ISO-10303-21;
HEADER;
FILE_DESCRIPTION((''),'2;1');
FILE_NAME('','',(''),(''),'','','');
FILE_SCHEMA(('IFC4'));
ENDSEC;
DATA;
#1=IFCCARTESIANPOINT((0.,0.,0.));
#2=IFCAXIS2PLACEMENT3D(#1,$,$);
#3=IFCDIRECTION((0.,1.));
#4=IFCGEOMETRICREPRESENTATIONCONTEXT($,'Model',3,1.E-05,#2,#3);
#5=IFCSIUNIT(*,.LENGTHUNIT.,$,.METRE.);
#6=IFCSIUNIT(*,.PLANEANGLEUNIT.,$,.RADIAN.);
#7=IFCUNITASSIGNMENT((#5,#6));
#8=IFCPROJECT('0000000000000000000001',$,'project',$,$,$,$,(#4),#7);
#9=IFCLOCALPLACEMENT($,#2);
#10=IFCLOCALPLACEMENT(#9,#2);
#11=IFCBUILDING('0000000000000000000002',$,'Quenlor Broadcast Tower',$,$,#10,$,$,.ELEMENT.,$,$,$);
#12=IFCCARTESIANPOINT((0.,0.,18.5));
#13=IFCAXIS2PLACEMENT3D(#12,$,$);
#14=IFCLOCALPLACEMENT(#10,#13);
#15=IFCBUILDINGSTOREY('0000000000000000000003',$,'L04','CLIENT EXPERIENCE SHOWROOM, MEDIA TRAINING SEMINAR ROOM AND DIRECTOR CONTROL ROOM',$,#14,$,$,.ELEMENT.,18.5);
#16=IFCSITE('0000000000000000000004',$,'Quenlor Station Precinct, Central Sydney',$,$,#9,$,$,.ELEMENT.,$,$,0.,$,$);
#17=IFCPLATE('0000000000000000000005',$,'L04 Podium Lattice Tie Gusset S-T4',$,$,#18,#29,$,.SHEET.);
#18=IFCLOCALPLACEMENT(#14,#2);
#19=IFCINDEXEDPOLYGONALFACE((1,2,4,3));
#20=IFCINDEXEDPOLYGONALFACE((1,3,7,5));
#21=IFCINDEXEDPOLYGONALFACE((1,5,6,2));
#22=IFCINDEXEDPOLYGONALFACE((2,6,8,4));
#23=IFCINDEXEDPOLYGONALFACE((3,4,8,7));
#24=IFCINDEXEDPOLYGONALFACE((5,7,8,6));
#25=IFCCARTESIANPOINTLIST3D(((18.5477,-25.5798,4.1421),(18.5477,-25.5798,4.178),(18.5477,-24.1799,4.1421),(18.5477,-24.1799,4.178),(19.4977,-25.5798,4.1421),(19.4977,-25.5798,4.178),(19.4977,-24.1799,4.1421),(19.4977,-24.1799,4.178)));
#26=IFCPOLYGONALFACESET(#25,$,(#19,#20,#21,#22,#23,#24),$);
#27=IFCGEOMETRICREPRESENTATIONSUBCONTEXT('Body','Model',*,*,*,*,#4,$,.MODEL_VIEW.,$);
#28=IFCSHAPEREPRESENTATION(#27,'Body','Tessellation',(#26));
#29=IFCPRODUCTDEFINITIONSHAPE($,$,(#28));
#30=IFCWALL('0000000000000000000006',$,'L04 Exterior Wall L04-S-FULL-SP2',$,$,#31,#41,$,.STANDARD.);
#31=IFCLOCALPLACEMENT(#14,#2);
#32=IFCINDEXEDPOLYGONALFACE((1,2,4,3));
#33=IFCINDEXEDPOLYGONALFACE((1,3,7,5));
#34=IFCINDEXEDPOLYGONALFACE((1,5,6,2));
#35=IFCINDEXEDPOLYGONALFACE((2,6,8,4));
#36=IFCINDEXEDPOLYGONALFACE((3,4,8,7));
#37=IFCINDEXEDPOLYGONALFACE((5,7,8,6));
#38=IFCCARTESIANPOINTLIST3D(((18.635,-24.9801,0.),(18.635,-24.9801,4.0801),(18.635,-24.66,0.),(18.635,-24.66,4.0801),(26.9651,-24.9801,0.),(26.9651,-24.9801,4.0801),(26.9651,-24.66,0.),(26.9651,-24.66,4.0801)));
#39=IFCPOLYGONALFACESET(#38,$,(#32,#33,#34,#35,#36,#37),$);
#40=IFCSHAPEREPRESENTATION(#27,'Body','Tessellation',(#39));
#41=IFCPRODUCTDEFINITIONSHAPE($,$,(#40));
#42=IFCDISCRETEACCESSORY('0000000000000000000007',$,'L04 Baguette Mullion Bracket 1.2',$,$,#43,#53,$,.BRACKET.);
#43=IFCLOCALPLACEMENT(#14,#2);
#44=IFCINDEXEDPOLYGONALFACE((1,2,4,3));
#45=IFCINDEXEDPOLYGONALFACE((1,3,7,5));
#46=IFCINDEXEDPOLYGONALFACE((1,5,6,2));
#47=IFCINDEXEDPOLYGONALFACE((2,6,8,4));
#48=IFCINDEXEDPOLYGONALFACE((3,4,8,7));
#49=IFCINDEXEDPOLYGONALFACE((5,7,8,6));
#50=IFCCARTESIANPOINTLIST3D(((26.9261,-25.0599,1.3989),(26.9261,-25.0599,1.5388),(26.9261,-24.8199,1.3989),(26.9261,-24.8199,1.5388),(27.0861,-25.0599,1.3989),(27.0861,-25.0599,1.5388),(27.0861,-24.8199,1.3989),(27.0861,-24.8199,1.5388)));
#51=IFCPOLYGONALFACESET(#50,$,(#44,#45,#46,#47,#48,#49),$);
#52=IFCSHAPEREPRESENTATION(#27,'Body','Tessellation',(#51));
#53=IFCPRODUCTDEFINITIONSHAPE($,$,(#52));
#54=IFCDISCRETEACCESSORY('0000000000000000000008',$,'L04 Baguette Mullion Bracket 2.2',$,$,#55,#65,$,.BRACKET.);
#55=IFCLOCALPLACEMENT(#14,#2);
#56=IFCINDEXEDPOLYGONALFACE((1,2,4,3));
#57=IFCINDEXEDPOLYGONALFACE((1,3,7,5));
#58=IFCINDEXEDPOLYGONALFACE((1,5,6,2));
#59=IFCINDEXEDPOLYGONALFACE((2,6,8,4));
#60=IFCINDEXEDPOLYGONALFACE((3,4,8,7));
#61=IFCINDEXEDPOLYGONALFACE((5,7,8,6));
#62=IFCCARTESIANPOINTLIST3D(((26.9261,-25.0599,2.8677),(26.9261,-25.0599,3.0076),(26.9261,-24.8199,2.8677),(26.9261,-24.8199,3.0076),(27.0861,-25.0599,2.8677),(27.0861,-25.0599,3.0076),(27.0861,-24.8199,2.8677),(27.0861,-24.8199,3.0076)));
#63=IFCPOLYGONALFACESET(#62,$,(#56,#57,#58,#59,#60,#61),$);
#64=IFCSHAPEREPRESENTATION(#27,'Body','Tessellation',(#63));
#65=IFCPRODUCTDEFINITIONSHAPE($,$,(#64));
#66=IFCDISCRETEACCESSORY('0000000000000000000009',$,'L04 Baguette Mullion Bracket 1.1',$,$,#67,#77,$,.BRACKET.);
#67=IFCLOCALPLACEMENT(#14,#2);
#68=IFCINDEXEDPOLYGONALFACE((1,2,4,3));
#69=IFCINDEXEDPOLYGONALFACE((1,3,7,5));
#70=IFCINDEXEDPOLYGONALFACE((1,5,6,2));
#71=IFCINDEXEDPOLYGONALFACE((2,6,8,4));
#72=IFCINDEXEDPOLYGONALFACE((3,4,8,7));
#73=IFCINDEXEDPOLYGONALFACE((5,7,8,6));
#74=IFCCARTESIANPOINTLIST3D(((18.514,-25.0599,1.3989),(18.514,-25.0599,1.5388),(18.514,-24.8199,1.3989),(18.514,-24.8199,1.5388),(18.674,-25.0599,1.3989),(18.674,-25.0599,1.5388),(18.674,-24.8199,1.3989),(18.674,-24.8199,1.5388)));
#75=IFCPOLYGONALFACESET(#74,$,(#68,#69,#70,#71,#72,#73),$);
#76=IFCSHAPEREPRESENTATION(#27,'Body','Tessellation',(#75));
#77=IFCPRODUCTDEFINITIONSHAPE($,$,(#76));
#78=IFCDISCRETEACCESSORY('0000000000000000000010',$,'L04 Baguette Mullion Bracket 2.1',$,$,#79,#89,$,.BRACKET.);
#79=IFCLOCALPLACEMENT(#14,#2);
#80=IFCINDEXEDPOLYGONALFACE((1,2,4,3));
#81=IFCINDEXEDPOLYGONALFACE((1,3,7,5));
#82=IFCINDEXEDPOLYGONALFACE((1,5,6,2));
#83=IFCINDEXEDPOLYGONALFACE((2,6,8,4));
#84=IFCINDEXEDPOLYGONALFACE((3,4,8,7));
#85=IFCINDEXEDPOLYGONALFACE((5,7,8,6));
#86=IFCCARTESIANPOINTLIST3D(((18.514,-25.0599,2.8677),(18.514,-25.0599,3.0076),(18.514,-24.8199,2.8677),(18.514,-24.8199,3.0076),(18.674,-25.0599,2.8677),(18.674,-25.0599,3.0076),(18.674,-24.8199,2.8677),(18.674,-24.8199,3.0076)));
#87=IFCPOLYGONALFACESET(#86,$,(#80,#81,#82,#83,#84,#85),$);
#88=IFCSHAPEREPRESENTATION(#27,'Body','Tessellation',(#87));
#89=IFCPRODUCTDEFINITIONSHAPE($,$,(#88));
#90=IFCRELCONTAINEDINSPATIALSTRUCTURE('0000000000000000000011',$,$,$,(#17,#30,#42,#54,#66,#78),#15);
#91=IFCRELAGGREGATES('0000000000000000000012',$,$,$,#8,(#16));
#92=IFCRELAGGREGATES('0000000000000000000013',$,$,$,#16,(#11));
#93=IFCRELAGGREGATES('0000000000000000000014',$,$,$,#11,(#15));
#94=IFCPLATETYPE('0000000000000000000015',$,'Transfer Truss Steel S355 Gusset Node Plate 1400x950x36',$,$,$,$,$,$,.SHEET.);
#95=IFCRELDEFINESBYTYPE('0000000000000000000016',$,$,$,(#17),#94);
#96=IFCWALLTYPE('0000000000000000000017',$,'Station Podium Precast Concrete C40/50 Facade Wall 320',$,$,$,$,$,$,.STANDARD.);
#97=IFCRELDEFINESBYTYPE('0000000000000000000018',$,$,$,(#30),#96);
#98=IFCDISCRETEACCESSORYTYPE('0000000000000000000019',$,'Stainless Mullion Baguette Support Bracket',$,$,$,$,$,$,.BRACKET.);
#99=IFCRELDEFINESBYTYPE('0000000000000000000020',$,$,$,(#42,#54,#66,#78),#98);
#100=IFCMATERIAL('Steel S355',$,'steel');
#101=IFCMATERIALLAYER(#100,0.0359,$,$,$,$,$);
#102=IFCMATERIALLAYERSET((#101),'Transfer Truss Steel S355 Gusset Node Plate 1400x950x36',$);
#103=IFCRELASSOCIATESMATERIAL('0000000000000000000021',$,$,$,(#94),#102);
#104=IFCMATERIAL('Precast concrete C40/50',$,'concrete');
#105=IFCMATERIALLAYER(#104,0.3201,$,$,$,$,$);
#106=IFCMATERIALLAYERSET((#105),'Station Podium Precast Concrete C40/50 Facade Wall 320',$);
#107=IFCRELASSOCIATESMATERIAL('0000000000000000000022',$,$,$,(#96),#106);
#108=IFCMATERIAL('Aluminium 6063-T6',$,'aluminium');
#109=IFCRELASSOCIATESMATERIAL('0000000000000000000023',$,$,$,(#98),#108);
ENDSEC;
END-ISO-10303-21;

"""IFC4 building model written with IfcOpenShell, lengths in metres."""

from ifc_helpers import new_model, si_unit, direction, frame, frame_2d, origin, origin_2d, place, context, subcontext, project, spatial, rectangle, extrude, material, layer, layer_set, type_object, element, save


model = new_model("IFC4")

# Units and contexts
model_context = context("Model", 3, precision=1e-05, world=origin(), true_north=direction((0.0, 1.0)))
body_context = subcontext(model_context, "Body", "Model", "MODEL_VIEW")
ifc_project = project(units=[si_unit("LENGTHUNIT", "METRE"), si_unit("PLANEANGLEUNIT", "RADIAN")], contexts=[model_context])

# Site, building, storey
site_placement = place(None, origin())
site = spatial("IfcSite", under=ifc_project, at=site_placement, Name="Quenlor Station Precinct, Central Sydney", CompositionType="ELEMENT", RefElevation=0.0)
building_placement = place(site_placement, origin())
building = spatial("IfcBuilding", under=site, at=building_placement, Name="Quenlor Broadcast Tower", CompositionType="ELEMENT")
storey_placement = place(building_placement, frame((0.0, 0.0, 18.5)))
storey = spatial("IfcBuildingStorey", under=building, at=storey_placement, Name="L04", Description="CLIENT EXPERIENCE SHOWROOM, MEDIA TRAINING SEMINAR ROOM AND DIRECTOR CONTROL ROOM", CompositionType="ELEMENT", Elevation=18.5)

# Plate
ifc_material_1 = material(Name="Steel S355", Category="steel")
ifc_layer_1 = layer(ifc_material_1, 0.0359)
ifc_layer_set_1 = layer_set([ifc_layer_1], Name="Transfer Truss Steel S355 Gusset Node Plate 1400x950x36")
plate_type_1 = type_object("IfcPlateType", Name="Transfer Truss Steel S355 Gusset Node Plate 1400x950x36", PredefinedType="SHEET", material=ifc_layer_set_1)
for number, where, z_axis, x_axis, name in (
    (1, (19.0227, -24.8799, 4.1421), (0.0, 0.0, 1.0), (0.0, -1.0, 0.0), "L04 Podium Lattice Tie Gusset S-T4"),
):
    element("IfcPlate", number, at=place(storey_placement, frame(where, z_axis=z_axis, x_axis=x_axis)), inside=storey, type_object=plate_type_1, Name=name, PredefinedType="SHEET", context=body_context, shape_type="SweptSolid", body=[
        extrude(rectangle(XDim=1.3999, YDim=0.95, at=origin_2d()), origin(), (0.0, 0.0, 1.0), 0.0359),
    ])

# Wall
ifc_material_2 = material(Name="Precast concrete C40/50", Category="concrete")
ifc_layer_2 = layer(ifc_material_2, 0.3201)
ifc_layer_set_2 = layer_set([ifc_layer_2], Name="Station Podium Precast Concrete C40/50 Facade Wall 320")
wall_type = type_object("IfcWallType", Name="Station Podium Precast Concrete C40/50 Facade Wall 320", PredefinedType="STANDARD", material=ifc_layer_set_2)
wall_placement = place(storey_placement, frame((26.9651, -24.8201, 0.0), z_axis=(0.0, 0.0, 1.0), x_axis=(-1.0, 0.0, 0.0)))
element("IfcWall", 2, at=wall_placement, inside=storey, type_object=wall_type, Name="L04 Exterior Wall L04-S-FULL-SP2", PredefinedType="STANDARD", context=body_context, shape_type="SweptSolid", body=[
    extrude(rectangle(XDim=8.3301, YDim=0.3201, at=frame_2d((4.165, 0.0))), origin(), (0.0, 0.0, 1.0), 4.0801),
])

# Discrete accessories
ifc_material_3 = material(Name="Aluminium 6063-T6", Category="aluminium")
discrete_accessory_type = type_object("IfcDiscreteAccessoryType", Name="Stainless Mullion Baguette Support Bracket", PredefinedType="BRACKET", material=ifc_material_3)
for number, where, z_axis, x_axis, name in (
    (3, (27.0061, -24.9399, 1.3989), (0.0, 0.0, 1.0), (-1.0, 0.0, 0.0), "L04 Baguette Mullion Bracket 1.2"),
    (4, (27.0061, -24.9399, 2.8677), (0.0, 0.0, 1.0), (-1.0, 0.0, 0.0), "L04 Baguette Mullion Bracket 2.2"),
    (5, (18.594, -24.9399, 1.3989), (0.0, 0.0, 1.0), (-1.0, 0.0, 0.0), "L04 Baguette Mullion Bracket 1.1"),
    (6, (18.594, -24.9399, 2.8677), (0.0, 0.0, 1.0), (-1.0, 0.0, 0.0), "L04 Baguette Mullion Bracket 2.1"),
):
    element("IfcDiscreteAccessory", number, at=place(storey_placement, frame(where, z_axis=z_axis, x_axis=x_axis)), inside=storey, type_object=discrete_accessory_type, Name=name, PredefinedType="BRACKET", context=body_context, shape_type="SweptSolid", body=[
        extrude(rectangle(XDim=0.1599, YDim=0.24, at=origin_2d()), origin(), (0.0, 0.0, 1.0), 0.1399),
    ])

save(model, "model.ifc")
